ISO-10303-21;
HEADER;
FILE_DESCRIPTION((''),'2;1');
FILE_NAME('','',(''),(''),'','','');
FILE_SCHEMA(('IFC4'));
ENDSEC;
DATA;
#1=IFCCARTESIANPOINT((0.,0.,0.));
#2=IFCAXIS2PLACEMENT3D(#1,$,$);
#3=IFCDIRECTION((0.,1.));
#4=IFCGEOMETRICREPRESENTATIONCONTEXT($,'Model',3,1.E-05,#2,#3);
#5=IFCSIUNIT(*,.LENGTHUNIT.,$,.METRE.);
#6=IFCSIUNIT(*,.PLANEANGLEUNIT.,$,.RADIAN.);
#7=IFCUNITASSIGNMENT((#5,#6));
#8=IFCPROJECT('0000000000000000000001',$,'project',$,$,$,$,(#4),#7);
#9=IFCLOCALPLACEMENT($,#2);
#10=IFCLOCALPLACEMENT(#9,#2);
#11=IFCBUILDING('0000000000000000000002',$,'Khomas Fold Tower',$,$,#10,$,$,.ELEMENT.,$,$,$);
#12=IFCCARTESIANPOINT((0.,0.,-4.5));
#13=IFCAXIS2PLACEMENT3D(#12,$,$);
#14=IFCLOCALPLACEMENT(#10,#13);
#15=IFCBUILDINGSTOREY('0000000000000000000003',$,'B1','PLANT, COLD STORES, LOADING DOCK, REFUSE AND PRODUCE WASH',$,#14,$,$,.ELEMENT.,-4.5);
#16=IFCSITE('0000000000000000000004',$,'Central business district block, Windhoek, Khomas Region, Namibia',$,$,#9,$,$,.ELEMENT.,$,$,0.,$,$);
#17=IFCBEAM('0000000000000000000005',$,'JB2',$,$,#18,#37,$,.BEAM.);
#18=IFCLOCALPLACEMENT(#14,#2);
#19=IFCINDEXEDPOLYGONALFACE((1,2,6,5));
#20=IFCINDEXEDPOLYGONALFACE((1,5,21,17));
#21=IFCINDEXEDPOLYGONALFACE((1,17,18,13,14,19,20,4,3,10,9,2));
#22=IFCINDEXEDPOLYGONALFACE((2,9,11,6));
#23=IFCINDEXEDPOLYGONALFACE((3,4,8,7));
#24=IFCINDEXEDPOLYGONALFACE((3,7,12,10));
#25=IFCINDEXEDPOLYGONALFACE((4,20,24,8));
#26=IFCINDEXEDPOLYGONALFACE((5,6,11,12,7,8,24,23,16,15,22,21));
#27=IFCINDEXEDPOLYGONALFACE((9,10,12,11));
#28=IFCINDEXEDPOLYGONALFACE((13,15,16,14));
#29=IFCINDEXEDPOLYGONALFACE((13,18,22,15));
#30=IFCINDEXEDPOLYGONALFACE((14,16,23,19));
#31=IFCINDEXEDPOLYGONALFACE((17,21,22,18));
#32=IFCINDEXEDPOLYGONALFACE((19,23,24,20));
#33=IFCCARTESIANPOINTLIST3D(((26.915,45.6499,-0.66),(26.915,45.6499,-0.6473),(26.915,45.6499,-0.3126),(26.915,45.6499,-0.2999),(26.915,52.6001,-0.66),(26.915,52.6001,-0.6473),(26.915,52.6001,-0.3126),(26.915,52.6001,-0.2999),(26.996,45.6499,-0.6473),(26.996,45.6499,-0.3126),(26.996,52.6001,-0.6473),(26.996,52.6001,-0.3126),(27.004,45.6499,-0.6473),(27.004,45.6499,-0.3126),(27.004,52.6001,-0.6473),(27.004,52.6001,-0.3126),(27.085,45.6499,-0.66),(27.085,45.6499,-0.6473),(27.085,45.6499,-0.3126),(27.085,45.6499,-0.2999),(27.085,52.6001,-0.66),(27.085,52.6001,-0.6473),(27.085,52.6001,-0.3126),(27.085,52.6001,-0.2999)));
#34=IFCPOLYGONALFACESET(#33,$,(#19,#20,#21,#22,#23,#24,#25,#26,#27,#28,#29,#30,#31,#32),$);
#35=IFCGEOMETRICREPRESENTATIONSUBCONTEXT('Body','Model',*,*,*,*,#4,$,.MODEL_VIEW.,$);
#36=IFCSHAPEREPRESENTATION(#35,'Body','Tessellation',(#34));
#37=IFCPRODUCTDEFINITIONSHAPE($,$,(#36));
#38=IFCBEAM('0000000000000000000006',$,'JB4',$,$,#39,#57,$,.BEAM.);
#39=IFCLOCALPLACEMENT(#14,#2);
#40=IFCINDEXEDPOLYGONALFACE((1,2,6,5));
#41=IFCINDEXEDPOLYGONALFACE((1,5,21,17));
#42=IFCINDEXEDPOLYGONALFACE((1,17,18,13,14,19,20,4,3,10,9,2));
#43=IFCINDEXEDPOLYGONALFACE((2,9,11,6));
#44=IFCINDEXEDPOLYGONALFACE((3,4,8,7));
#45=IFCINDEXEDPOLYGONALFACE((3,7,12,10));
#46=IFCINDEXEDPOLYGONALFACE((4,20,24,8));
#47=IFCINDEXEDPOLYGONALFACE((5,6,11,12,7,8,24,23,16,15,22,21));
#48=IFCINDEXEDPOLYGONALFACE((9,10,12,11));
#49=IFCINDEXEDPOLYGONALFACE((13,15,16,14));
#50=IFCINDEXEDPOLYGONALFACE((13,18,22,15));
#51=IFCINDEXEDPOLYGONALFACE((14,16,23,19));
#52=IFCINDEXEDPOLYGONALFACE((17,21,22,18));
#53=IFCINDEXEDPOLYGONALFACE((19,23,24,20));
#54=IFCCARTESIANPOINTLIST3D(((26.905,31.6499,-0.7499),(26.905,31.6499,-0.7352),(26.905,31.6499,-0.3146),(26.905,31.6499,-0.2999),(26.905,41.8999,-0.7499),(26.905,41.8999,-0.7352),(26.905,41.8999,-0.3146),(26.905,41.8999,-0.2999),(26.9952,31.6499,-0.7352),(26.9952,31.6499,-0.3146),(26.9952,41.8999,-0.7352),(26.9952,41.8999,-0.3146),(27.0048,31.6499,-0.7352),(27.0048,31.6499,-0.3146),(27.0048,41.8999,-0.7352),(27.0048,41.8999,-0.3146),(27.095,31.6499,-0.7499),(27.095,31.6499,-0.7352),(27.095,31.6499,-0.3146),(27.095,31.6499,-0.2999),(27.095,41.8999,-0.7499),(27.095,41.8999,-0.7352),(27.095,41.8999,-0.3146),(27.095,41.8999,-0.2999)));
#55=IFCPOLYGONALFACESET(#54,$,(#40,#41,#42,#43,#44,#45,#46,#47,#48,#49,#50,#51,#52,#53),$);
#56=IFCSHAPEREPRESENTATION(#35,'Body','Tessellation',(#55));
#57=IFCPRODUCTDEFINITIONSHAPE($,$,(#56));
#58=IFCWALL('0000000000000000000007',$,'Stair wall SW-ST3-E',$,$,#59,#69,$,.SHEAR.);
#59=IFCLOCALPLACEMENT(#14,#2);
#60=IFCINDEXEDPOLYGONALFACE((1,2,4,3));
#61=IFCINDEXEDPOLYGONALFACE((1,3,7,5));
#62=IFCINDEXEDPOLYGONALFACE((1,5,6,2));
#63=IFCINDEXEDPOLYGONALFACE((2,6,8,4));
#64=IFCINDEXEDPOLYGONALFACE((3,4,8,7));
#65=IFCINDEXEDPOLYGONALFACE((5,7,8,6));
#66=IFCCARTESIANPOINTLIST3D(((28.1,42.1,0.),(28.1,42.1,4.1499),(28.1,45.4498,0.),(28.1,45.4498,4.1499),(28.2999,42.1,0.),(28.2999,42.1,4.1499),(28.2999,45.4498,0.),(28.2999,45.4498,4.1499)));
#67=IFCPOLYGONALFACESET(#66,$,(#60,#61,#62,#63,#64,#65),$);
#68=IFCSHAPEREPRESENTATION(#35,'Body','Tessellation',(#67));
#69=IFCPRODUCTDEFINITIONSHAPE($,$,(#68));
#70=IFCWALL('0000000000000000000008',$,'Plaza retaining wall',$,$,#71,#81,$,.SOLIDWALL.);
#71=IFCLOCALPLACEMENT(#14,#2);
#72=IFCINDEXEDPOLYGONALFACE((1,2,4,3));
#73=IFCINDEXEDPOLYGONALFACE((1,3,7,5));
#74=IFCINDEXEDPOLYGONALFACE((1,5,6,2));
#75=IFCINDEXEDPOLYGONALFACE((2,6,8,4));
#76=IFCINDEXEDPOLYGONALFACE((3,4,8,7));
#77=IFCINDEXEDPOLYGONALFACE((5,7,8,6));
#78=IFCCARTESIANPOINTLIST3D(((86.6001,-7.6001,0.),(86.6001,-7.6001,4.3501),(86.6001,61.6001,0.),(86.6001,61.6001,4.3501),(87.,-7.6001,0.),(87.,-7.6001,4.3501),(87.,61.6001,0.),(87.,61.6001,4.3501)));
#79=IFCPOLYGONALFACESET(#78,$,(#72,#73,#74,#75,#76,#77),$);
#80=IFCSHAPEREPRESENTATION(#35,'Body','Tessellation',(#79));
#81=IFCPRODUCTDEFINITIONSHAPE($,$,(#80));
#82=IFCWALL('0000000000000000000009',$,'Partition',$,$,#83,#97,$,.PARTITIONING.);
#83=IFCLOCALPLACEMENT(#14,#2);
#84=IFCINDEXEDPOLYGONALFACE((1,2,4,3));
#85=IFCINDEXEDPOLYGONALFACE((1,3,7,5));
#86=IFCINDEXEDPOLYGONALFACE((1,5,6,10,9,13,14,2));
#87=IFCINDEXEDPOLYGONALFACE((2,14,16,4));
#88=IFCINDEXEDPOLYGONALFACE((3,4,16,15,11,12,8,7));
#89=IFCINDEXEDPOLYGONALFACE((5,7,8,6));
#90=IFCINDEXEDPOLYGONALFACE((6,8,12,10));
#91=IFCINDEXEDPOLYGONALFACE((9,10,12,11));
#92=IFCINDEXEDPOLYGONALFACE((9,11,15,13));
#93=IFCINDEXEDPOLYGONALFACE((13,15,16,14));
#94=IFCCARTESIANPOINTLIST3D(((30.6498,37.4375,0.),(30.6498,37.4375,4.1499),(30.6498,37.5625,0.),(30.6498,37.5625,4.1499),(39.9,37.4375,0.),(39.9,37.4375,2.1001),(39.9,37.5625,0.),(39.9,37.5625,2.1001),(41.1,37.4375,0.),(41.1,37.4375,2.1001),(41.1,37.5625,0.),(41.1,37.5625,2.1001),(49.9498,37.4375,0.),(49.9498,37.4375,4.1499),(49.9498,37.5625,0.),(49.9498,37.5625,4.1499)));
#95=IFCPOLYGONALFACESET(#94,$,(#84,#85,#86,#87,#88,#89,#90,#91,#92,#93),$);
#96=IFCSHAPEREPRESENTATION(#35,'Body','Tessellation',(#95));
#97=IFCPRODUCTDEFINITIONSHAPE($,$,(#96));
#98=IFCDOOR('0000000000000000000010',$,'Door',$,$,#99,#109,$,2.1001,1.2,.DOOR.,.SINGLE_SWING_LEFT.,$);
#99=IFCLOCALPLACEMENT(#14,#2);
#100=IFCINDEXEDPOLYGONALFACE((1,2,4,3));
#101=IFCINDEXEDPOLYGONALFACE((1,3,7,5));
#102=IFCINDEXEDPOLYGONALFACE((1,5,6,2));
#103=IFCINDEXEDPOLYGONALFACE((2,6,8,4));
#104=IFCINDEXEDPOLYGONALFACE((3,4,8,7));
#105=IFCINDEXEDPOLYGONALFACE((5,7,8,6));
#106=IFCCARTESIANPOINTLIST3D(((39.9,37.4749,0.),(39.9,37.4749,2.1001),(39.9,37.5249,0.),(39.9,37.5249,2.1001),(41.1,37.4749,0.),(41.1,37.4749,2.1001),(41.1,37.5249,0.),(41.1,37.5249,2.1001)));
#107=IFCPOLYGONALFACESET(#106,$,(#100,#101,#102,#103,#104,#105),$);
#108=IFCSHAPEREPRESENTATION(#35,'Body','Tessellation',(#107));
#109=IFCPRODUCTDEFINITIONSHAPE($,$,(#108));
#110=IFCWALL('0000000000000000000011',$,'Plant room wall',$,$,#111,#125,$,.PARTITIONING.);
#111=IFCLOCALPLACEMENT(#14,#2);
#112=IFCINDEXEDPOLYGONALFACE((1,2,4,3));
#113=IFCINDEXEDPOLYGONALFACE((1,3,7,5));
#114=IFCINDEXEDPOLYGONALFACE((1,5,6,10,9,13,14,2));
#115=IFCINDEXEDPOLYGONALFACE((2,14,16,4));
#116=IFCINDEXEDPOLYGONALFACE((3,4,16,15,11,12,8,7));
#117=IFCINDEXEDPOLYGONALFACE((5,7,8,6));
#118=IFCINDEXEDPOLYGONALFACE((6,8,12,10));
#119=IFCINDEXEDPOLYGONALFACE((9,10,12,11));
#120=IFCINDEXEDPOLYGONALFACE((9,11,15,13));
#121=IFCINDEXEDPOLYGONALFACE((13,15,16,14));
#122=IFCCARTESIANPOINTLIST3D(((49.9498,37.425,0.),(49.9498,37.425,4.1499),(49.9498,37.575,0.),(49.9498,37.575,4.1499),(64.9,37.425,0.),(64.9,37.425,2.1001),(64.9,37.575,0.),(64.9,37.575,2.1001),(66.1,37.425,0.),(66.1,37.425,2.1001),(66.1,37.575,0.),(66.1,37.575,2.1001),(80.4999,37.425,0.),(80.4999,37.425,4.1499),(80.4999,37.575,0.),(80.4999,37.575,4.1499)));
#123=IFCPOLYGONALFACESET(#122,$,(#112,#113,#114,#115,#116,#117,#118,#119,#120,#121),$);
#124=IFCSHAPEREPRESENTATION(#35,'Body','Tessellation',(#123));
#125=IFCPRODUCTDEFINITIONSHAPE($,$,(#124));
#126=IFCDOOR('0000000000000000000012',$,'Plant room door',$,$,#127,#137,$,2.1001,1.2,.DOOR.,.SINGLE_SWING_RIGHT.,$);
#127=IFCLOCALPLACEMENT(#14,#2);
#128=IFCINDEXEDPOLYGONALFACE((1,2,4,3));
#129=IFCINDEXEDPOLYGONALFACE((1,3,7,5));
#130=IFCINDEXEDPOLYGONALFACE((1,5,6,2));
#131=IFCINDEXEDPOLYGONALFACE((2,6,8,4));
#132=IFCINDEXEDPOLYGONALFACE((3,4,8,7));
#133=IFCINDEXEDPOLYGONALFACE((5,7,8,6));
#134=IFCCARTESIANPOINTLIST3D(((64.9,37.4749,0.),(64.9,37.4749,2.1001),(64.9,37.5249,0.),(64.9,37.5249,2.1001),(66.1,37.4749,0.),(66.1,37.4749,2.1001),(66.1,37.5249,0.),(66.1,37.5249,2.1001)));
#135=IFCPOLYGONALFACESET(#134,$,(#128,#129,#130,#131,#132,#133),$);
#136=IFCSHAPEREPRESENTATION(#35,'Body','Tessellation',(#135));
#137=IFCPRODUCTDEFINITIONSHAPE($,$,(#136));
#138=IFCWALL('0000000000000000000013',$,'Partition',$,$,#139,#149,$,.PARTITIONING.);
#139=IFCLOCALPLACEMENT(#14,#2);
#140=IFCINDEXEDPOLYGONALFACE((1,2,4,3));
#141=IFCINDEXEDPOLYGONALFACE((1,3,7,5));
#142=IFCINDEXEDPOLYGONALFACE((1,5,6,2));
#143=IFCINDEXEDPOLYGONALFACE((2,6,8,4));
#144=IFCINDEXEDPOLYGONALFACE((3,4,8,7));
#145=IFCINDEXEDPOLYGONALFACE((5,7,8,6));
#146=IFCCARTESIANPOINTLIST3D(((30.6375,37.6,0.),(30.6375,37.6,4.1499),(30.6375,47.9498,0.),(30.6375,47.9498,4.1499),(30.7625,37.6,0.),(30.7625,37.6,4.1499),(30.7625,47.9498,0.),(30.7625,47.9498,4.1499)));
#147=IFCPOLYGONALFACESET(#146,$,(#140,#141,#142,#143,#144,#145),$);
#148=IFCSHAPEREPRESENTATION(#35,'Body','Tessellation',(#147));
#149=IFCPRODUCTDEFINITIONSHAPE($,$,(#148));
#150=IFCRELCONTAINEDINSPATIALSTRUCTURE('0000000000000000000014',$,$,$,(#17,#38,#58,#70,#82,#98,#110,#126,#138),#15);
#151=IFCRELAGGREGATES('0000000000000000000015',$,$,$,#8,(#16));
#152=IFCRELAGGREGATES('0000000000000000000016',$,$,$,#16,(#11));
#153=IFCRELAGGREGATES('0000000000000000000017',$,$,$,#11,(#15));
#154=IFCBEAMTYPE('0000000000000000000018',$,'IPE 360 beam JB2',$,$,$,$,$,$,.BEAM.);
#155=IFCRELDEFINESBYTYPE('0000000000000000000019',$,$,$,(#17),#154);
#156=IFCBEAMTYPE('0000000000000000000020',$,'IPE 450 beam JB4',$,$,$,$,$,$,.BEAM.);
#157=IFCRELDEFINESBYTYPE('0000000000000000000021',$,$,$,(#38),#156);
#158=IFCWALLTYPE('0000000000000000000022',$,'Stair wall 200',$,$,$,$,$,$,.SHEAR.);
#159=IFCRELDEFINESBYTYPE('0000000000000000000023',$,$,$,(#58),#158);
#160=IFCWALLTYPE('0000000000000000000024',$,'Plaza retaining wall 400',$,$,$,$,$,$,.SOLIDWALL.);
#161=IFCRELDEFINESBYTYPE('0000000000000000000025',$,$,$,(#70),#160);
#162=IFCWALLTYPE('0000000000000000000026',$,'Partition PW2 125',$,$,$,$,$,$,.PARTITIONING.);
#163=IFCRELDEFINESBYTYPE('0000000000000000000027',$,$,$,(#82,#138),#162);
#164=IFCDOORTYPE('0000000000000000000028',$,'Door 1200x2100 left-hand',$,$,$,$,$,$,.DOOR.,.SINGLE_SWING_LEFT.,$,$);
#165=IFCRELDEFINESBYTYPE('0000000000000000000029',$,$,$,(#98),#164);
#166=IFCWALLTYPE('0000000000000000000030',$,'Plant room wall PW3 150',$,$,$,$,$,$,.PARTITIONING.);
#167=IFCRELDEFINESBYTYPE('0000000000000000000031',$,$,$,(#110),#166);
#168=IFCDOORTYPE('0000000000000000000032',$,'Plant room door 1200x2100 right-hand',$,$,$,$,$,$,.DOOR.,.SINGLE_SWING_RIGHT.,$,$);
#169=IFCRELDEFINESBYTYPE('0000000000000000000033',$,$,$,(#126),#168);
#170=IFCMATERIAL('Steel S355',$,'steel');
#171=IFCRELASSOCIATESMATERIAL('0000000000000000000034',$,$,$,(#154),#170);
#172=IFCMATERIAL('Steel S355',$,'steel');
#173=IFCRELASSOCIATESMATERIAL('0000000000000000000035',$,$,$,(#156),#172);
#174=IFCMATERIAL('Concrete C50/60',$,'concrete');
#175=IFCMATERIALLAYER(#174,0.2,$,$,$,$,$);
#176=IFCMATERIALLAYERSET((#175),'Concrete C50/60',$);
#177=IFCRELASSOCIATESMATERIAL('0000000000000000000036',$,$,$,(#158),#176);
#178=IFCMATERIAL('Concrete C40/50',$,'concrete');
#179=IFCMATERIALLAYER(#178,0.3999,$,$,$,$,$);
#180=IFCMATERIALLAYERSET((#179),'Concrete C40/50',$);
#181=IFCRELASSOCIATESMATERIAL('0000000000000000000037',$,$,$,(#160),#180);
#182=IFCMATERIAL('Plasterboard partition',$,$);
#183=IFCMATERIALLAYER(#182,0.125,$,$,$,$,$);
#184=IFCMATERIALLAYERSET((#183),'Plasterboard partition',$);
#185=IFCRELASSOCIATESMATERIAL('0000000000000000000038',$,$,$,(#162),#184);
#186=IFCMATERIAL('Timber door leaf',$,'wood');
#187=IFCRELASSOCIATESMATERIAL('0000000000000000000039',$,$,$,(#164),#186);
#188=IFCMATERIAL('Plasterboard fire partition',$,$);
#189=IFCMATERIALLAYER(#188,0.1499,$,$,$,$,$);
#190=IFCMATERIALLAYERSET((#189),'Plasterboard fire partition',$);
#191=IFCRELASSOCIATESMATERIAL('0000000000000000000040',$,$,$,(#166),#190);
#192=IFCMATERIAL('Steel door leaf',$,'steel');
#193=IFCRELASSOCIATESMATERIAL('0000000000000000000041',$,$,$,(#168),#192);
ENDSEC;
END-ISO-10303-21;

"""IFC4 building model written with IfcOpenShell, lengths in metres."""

from ifc_helpers import new_model, si_unit, direction, frame, frame_2d, origin, origin_2d, place, context, subcontext, project, spatial, rectangle, i_section, extrude, source, transform, mapped, material, layer, layer_set, material_profile, profile_set, type_object, element, fill, save


model = new_model("IFC4")

# Units and contexts
model_context = context("Model", 3, precision=1e-05, world=origin(), true_north=direction((0.0, 1.0)))
body_context = subcontext(model_context, "Body", "Model", "MODEL_VIEW")
ifc_project = project(units=[si_unit("LENGTHUNIT", "METRE"), si_unit("PLANEANGLEUNIT", "RADIAN")], contexts=[model_context])

# Site, building, storey
site_placement = place(None, origin())
site = spatial("IfcSite", under=ifc_project, at=site_placement, Name="Central business district block, Windhoek, Khomas Region, Namibia", CompositionType="ELEMENT", RefElevation=0.0)
building_placement = place(site_placement, origin())
building = spatial("IfcBuilding", under=site, at=building_placement, Name="Khomas Fold Tower", CompositionType="ELEMENT")
storey_placement = place(building_placement, frame((0.0, 0.0, -4.5)))
storey = spatial("IfcBuildingStorey", under=building, at=storey_placement, Name="B1", Description="PLANT, COLD STORES, LOADING DOCK, REFUSE AND PRODUCE WASH", CompositionType="ELEMENT", Elevation=-4.5)

# Beams
ifc_material_1 = material(Name="Steel S355", Category="steel")
ifc_material_profile_1 = material_profile(ifc_material_1, i_section(OverallWidth=0.1699, OverallDepth=0.3601, WebThickness=0.0081, FlangeThickness=0.0127, at=origin_2d()), Name="IPE 360")
ifc_profile_set_1 = profile_set([ifc_material_profile_1], Name="Steel S355")
beam_type_1 = type_object("IfcBeamType", Name="IPE 360 beam JB2", PredefinedType="BEAM", material=ifc_profile_set_1)
shared_shape_1 = source(origin(), body_context, "Body", "SweptSolid", [
    extrude(i_section(OverallWidth=0.1699, OverallDepth=0.3601, WebThickness=0.0081, FlangeThickness=0.0127, at=origin_2d()), origin(), (0.0, 0.0, 1.0), 6.9502),
])
beam_1_placement = place(storey_placement, frame((27.0, 45.6499, -0.48), z_axis=(0.0, 1.0, 0.0), x_axis=(-1.0, 0.0, 0.0)))
element("IfcBeam", 1, at=beam_1_placement, inside=storey, type_object=beam_type_1, Name="JB2", PredefinedType="BEAM", context=body_context, shape_type="MappedRepresentation", body=[
    mapped(shared_shape_1, transform((0.0, 0.0, 0.0))),
])
ifc_material_2 = material(Name="Steel S355", Category="steel")
ifc_material_profile_2 = material_profile(ifc_material_2, i_section(OverallWidth=0.1899, OverallDepth=0.45, WebThickness=0.0095, FlangeThickness=0.0146, at=origin_2d()), Name="IPE 450")
ifc_profile_set_2 = profile_set([ifc_material_profile_2], Name="Steel S355")
beam_type_2 = type_object("IfcBeamType", Name="IPE 450 beam JB4", PredefinedType="BEAM", material=ifc_profile_set_2)
shared_shape_2 = source(origin(), body_context, "Body", "SweptSolid", [
    extrude(i_section(OverallWidth=0.1899, OverallDepth=0.45, WebThickness=0.0095, FlangeThickness=0.0146, at=origin_2d()), origin(), (0.0, 0.0, 1.0), 10.25),
])
beam_2_placement = place(storey_placement, frame((27.0, 31.6499, -0.5249), z_axis=(0.0, 1.0, 0.0), x_axis=(-1.0, 0.0, 0.0)))
element("IfcBeam", 2, at=beam_2_placement, inside=storey, type_object=beam_type_2, Name="JB4", PredefinedType="BEAM", context=body_context, shape_type="MappedRepresentation", body=[
    mapped(shared_shape_2, transform((0.0, 0.0, 0.0))),
])

# Walls
ifc_material_3 = material(Name="Concrete C50/60", Category="concrete")
ifc_layer_1 = layer(ifc_material_3, 0.2)
ifc_layer_set_1 = layer_set([ifc_layer_1], Name="Concrete C50/60")
wall_type_1 = type_object("IfcWallType", Name="Stair wall 200", PredefinedType="SHEAR", material=ifc_layer_set_1)
shared_shape_3 = source(origin(), body_context, "Body", "SweptSolid", [
    extrude(rectangle(XDim=3.3499, YDim=0.2, at=frame_2d((1.6748, 0.0))), origin(), (0.0, 0.0, 1.0), 4.1499),
])
wall_1_placement = place(storey_placement, frame((28.2, 42.1001, 0.0), z_axis=(0.0, 0.0, 1.0), x_axis=(0.0, 1.0, 0.0)))
element("IfcWall", 3, at=wall_1_placement, inside=storey, type_object=wall_type_1, Name="Stair wall SW-ST3-E", PredefinedType="SHEAR", context=body_context, shape_type="MappedRepresentation", body=[
    mapped(shared_shape_3, transform((0.0, 0.0, 0.0))),
])
ifc_material_4 = material(Name="Concrete C40/50", Category="concrete")
ifc_layer_2 = layer(ifc_material_4, 0.3999)
ifc_layer_set_2 = layer_set([ifc_layer_2], Name="Concrete C40/50")
wall_type_2 = type_object("IfcWallType", Name="Plaza retaining wall 400", PredefinedType="SOLIDWALL", material=ifc_layer_set_2)
shared_shape_4 = source(origin(), body_context, "Body", "SweptSolid", [
    extrude(rectangle(XDim=69.2002, YDim=0.3999, at=frame_2d((34.6001, 0.0))), origin(), (0.0, 0.0, 1.0), 4.3501),
])
wall_2_placement = place(storey_placement, frame((86.8, 61.6001, 0.0), z_axis=(0.0, 0.0, 1.0), x_axis=(0.0, -1.0, 0.0)))
element("IfcWall", 4, at=wall_2_placement, inside=storey, type_object=wall_type_2, Name="Plaza retaining wall", PredefinedType="SOLIDWALL", context=body_context, shape_type="MappedRepresentation", body=[
    mapped(shared_shape_4, transform((0.0, 0.0, 0.0))),
])

# Walls, openings, doors
ifc_material_5 = material(Name="Plasterboard partition")
ifc_layer_3 = layer(ifc_material_5, 0.125)
ifc_layer_set_3 = layer_set([ifc_layer_3], Name="Plasterboard partition")
wall_type_3 = type_object("IfcWallType", Name="Partition PW2 125", PredefinedType="PARTITIONING", material=ifc_layer_set_3)
shared_shape_5 = source(origin(), body_context, "Body", "SweptSolid", [
    extrude(rectangle(XDim=19.3, YDim=0.125, at=frame_2d((9.6499, 0.0))), origin(), (0.0, 0.0, 1.0), 4.1499),
])
wall_3_placement = place(storey_placement, frame((30.6499, 37.5, 0.0), z_axis=(0.0, 0.0, 1.0), x_axis=(1.0, 0.0, 0.0)))
wall_3 = element("IfcWall", 5, at=wall_3_placement, inside=storey, type_object=wall_type_3, Name="Partition", PredefinedType="PARTITIONING", context=body_context, shape_type="MappedRepresentation", body=[
    mapped(shared_shape_5, transform((0.0, 0.0, 0.0))),
])
shared_shape_6 = source(origin(), body_context, "Body", "SweptSolid", [
    extrude(rectangle(XDim=1.2, YDim=2.1001, at=frame_2d((0.6001, 1.05))), frame((0.0, 0.0725, 0.0), z_axis=(0.0, -1.0, 0.0), x_axis=(1.0, 0.0, 0.0)), (0.0, 0.0, 1.0), 0.145),
])
opening_1_placement = place(wall_3_placement, frame((9.25, 0.0, 0.0)))
opening_1 = element("IfcOpeningElement", 6, at=opening_1_placement, cuts=wall_3, PredefinedType="OPENING", context=body_context, shape_type="MappedRepresentation", body=[
    mapped(shared_shape_6, transform((0.0, 0.0, 0.0))),
])
ifc_material_6 = material(Name="Timber door leaf", Category="wood")
door_type_1 = type_object("IfcDoorType", Name="Door 1200x2100 left-hand", OperationType="SINGLE_SWING_LEFT", PredefinedType="DOOR", material=ifc_material_6)
shared_shape_7 = source(origin(), body_context, "Body", "SweptSolid", [
    extrude(rectangle(XDim=1.2, YDim=2.1001, at=frame_2d((0.6001, 1.05))), frame((0.0, 0.0249, 0.0), z_axis=(0.0, -1.0, 0.0), x_axis=(1.0, 0.0, 0.0)), (0.0, 0.0, 1.0), 0.05),
])
door_1_placement = place(opening_1_placement, origin())
door_1 = element("IfcDoor", 7, at=door_1_placement, inside=storey, type_object=door_type_1, Name="Door", OperationType="SINGLE_SWING_LEFT", OverallHeight=2.1001, OverallWidth=1.2, PredefinedType="DOOR", context=body_context, shape_type="MappedRepresentation", body=[
    mapped(shared_shape_7, transform((0.0, 0.0, 0.0))),
])
fill(opening_1, door_1)
ifc_material_7 = material(Name="Plasterboard fire partition")
ifc_layer_4 = layer(ifc_material_7, 0.1499)
ifc_layer_set_4 = layer_set([ifc_layer_4], Name="Plasterboard fire partition")
wall_type_4 = type_object("IfcWallType", Name="Plant room wall PW3 150", PredefinedType="PARTITIONING", material=ifc_layer_set_4)
shared_shape_8 = source(origin(), body_context, "Body", "SweptSolid", [
    extrude(rectangle(XDim=30.55, YDim=0.1499, at=frame_2d((15.2749, 0.0))), origin(), (0.0, 0.0, 1.0), 4.1499),
])
wall_4_placement = place(storey_placement, frame((49.95, 37.5, 0.0), z_axis=(0.0, 0.0, 1.0), x_axis=(1.0, 0.0, 0.0)))
wall_4 = element("IfcWall", 8, at=wall_4_placement, inside=storey, type_object=wall_type_4, Name="Plant room wall", PredefinedType="PARTITIONING", context=body_context, shape_type="MappedRepresentation", body=[
    mapped(shared_shape_8, transform((0.0, 0.0, 0.0))),
])
shared_shape_9 = source(origin(), body_context, "Body", "SweptSolid", [
    extrude(rectangle(XDim=1.2, YDim=2.1001, at=frame_2d((0.6001, 1.05))), frame((0.0, 0.085, 0.0), z_axis=(0.0, -1.0, 0.0), x_axis=(1.0, 0.0, 0.0)), (0.0, 0.0, 1.0), 0.1699),
])
opening_2_placement = place(wall_4_placement, frame((14.95, 0.0, 0.0)))
opening_2 = element("IfcOpeningElement", 9, at=opening_2_placement, cuts=wall_4, PredefinedType="OPENING", context=body_context, shape_type="MappedRepresentation", body=[
    mapped(shared_shape_9, transform((0.0, 0.0, 0.0))),
])
ifc_material_8 = material(Name="Steel door leaf", Category="steel")
door_type_2 = type_object("IfcDoorType", Name="Plant room door 1200x2100 right-hand", OperationType="SINGLE_SWING_RIGHT", PredefinedType="DOOR", material=ifc_material_8)
door_2_placement = place(opening_2_placement, origin())
door_2 = element("IfcDoor", 10, at=door_2_placement, inside=storey, type_object=door_type_2, Name="Plant room door", OperationType="SINGLE_SWING_RIGHT", OverallHeight=2.1001, OverallWidth=1.2, PredefinedType="DOOR", context=body_context, shape_type="MappedRepresentation", body=[
    mapped(shared_shape_7, transform((0.0, 0.0, 0.0))),
])
fill(opening_2, door_2)

# Wall
shared_shape_10 = source(origin(), body_context, "Body", "SweptSolid", [
    extrude(rectangle(XDim=10.3499, YDim=0.125, at=frame_2d((5.1748, 0.0))), origin(), (0.0, 0.0, 1.0), 4.1499),
])
wall_5_placement = place(storey_placement, frame((30.7, 37.6001, 0.0), z_axis=(0.0, 0.0, 1.0), x_axis=(0.0, 1.0, 0.0)))
element("IfcWall", 11, at=wall_5_placement, inside=storey, type_object=wall_type_3, Name="Partition", PredefinedType="PARTITIONING", context=body_context, shape_type="MappedRepresentation", body=[
    mapped(shared_shape_10, transform((0.0, 0.0, 0.0))),
])

save(model, "model.ifc")
